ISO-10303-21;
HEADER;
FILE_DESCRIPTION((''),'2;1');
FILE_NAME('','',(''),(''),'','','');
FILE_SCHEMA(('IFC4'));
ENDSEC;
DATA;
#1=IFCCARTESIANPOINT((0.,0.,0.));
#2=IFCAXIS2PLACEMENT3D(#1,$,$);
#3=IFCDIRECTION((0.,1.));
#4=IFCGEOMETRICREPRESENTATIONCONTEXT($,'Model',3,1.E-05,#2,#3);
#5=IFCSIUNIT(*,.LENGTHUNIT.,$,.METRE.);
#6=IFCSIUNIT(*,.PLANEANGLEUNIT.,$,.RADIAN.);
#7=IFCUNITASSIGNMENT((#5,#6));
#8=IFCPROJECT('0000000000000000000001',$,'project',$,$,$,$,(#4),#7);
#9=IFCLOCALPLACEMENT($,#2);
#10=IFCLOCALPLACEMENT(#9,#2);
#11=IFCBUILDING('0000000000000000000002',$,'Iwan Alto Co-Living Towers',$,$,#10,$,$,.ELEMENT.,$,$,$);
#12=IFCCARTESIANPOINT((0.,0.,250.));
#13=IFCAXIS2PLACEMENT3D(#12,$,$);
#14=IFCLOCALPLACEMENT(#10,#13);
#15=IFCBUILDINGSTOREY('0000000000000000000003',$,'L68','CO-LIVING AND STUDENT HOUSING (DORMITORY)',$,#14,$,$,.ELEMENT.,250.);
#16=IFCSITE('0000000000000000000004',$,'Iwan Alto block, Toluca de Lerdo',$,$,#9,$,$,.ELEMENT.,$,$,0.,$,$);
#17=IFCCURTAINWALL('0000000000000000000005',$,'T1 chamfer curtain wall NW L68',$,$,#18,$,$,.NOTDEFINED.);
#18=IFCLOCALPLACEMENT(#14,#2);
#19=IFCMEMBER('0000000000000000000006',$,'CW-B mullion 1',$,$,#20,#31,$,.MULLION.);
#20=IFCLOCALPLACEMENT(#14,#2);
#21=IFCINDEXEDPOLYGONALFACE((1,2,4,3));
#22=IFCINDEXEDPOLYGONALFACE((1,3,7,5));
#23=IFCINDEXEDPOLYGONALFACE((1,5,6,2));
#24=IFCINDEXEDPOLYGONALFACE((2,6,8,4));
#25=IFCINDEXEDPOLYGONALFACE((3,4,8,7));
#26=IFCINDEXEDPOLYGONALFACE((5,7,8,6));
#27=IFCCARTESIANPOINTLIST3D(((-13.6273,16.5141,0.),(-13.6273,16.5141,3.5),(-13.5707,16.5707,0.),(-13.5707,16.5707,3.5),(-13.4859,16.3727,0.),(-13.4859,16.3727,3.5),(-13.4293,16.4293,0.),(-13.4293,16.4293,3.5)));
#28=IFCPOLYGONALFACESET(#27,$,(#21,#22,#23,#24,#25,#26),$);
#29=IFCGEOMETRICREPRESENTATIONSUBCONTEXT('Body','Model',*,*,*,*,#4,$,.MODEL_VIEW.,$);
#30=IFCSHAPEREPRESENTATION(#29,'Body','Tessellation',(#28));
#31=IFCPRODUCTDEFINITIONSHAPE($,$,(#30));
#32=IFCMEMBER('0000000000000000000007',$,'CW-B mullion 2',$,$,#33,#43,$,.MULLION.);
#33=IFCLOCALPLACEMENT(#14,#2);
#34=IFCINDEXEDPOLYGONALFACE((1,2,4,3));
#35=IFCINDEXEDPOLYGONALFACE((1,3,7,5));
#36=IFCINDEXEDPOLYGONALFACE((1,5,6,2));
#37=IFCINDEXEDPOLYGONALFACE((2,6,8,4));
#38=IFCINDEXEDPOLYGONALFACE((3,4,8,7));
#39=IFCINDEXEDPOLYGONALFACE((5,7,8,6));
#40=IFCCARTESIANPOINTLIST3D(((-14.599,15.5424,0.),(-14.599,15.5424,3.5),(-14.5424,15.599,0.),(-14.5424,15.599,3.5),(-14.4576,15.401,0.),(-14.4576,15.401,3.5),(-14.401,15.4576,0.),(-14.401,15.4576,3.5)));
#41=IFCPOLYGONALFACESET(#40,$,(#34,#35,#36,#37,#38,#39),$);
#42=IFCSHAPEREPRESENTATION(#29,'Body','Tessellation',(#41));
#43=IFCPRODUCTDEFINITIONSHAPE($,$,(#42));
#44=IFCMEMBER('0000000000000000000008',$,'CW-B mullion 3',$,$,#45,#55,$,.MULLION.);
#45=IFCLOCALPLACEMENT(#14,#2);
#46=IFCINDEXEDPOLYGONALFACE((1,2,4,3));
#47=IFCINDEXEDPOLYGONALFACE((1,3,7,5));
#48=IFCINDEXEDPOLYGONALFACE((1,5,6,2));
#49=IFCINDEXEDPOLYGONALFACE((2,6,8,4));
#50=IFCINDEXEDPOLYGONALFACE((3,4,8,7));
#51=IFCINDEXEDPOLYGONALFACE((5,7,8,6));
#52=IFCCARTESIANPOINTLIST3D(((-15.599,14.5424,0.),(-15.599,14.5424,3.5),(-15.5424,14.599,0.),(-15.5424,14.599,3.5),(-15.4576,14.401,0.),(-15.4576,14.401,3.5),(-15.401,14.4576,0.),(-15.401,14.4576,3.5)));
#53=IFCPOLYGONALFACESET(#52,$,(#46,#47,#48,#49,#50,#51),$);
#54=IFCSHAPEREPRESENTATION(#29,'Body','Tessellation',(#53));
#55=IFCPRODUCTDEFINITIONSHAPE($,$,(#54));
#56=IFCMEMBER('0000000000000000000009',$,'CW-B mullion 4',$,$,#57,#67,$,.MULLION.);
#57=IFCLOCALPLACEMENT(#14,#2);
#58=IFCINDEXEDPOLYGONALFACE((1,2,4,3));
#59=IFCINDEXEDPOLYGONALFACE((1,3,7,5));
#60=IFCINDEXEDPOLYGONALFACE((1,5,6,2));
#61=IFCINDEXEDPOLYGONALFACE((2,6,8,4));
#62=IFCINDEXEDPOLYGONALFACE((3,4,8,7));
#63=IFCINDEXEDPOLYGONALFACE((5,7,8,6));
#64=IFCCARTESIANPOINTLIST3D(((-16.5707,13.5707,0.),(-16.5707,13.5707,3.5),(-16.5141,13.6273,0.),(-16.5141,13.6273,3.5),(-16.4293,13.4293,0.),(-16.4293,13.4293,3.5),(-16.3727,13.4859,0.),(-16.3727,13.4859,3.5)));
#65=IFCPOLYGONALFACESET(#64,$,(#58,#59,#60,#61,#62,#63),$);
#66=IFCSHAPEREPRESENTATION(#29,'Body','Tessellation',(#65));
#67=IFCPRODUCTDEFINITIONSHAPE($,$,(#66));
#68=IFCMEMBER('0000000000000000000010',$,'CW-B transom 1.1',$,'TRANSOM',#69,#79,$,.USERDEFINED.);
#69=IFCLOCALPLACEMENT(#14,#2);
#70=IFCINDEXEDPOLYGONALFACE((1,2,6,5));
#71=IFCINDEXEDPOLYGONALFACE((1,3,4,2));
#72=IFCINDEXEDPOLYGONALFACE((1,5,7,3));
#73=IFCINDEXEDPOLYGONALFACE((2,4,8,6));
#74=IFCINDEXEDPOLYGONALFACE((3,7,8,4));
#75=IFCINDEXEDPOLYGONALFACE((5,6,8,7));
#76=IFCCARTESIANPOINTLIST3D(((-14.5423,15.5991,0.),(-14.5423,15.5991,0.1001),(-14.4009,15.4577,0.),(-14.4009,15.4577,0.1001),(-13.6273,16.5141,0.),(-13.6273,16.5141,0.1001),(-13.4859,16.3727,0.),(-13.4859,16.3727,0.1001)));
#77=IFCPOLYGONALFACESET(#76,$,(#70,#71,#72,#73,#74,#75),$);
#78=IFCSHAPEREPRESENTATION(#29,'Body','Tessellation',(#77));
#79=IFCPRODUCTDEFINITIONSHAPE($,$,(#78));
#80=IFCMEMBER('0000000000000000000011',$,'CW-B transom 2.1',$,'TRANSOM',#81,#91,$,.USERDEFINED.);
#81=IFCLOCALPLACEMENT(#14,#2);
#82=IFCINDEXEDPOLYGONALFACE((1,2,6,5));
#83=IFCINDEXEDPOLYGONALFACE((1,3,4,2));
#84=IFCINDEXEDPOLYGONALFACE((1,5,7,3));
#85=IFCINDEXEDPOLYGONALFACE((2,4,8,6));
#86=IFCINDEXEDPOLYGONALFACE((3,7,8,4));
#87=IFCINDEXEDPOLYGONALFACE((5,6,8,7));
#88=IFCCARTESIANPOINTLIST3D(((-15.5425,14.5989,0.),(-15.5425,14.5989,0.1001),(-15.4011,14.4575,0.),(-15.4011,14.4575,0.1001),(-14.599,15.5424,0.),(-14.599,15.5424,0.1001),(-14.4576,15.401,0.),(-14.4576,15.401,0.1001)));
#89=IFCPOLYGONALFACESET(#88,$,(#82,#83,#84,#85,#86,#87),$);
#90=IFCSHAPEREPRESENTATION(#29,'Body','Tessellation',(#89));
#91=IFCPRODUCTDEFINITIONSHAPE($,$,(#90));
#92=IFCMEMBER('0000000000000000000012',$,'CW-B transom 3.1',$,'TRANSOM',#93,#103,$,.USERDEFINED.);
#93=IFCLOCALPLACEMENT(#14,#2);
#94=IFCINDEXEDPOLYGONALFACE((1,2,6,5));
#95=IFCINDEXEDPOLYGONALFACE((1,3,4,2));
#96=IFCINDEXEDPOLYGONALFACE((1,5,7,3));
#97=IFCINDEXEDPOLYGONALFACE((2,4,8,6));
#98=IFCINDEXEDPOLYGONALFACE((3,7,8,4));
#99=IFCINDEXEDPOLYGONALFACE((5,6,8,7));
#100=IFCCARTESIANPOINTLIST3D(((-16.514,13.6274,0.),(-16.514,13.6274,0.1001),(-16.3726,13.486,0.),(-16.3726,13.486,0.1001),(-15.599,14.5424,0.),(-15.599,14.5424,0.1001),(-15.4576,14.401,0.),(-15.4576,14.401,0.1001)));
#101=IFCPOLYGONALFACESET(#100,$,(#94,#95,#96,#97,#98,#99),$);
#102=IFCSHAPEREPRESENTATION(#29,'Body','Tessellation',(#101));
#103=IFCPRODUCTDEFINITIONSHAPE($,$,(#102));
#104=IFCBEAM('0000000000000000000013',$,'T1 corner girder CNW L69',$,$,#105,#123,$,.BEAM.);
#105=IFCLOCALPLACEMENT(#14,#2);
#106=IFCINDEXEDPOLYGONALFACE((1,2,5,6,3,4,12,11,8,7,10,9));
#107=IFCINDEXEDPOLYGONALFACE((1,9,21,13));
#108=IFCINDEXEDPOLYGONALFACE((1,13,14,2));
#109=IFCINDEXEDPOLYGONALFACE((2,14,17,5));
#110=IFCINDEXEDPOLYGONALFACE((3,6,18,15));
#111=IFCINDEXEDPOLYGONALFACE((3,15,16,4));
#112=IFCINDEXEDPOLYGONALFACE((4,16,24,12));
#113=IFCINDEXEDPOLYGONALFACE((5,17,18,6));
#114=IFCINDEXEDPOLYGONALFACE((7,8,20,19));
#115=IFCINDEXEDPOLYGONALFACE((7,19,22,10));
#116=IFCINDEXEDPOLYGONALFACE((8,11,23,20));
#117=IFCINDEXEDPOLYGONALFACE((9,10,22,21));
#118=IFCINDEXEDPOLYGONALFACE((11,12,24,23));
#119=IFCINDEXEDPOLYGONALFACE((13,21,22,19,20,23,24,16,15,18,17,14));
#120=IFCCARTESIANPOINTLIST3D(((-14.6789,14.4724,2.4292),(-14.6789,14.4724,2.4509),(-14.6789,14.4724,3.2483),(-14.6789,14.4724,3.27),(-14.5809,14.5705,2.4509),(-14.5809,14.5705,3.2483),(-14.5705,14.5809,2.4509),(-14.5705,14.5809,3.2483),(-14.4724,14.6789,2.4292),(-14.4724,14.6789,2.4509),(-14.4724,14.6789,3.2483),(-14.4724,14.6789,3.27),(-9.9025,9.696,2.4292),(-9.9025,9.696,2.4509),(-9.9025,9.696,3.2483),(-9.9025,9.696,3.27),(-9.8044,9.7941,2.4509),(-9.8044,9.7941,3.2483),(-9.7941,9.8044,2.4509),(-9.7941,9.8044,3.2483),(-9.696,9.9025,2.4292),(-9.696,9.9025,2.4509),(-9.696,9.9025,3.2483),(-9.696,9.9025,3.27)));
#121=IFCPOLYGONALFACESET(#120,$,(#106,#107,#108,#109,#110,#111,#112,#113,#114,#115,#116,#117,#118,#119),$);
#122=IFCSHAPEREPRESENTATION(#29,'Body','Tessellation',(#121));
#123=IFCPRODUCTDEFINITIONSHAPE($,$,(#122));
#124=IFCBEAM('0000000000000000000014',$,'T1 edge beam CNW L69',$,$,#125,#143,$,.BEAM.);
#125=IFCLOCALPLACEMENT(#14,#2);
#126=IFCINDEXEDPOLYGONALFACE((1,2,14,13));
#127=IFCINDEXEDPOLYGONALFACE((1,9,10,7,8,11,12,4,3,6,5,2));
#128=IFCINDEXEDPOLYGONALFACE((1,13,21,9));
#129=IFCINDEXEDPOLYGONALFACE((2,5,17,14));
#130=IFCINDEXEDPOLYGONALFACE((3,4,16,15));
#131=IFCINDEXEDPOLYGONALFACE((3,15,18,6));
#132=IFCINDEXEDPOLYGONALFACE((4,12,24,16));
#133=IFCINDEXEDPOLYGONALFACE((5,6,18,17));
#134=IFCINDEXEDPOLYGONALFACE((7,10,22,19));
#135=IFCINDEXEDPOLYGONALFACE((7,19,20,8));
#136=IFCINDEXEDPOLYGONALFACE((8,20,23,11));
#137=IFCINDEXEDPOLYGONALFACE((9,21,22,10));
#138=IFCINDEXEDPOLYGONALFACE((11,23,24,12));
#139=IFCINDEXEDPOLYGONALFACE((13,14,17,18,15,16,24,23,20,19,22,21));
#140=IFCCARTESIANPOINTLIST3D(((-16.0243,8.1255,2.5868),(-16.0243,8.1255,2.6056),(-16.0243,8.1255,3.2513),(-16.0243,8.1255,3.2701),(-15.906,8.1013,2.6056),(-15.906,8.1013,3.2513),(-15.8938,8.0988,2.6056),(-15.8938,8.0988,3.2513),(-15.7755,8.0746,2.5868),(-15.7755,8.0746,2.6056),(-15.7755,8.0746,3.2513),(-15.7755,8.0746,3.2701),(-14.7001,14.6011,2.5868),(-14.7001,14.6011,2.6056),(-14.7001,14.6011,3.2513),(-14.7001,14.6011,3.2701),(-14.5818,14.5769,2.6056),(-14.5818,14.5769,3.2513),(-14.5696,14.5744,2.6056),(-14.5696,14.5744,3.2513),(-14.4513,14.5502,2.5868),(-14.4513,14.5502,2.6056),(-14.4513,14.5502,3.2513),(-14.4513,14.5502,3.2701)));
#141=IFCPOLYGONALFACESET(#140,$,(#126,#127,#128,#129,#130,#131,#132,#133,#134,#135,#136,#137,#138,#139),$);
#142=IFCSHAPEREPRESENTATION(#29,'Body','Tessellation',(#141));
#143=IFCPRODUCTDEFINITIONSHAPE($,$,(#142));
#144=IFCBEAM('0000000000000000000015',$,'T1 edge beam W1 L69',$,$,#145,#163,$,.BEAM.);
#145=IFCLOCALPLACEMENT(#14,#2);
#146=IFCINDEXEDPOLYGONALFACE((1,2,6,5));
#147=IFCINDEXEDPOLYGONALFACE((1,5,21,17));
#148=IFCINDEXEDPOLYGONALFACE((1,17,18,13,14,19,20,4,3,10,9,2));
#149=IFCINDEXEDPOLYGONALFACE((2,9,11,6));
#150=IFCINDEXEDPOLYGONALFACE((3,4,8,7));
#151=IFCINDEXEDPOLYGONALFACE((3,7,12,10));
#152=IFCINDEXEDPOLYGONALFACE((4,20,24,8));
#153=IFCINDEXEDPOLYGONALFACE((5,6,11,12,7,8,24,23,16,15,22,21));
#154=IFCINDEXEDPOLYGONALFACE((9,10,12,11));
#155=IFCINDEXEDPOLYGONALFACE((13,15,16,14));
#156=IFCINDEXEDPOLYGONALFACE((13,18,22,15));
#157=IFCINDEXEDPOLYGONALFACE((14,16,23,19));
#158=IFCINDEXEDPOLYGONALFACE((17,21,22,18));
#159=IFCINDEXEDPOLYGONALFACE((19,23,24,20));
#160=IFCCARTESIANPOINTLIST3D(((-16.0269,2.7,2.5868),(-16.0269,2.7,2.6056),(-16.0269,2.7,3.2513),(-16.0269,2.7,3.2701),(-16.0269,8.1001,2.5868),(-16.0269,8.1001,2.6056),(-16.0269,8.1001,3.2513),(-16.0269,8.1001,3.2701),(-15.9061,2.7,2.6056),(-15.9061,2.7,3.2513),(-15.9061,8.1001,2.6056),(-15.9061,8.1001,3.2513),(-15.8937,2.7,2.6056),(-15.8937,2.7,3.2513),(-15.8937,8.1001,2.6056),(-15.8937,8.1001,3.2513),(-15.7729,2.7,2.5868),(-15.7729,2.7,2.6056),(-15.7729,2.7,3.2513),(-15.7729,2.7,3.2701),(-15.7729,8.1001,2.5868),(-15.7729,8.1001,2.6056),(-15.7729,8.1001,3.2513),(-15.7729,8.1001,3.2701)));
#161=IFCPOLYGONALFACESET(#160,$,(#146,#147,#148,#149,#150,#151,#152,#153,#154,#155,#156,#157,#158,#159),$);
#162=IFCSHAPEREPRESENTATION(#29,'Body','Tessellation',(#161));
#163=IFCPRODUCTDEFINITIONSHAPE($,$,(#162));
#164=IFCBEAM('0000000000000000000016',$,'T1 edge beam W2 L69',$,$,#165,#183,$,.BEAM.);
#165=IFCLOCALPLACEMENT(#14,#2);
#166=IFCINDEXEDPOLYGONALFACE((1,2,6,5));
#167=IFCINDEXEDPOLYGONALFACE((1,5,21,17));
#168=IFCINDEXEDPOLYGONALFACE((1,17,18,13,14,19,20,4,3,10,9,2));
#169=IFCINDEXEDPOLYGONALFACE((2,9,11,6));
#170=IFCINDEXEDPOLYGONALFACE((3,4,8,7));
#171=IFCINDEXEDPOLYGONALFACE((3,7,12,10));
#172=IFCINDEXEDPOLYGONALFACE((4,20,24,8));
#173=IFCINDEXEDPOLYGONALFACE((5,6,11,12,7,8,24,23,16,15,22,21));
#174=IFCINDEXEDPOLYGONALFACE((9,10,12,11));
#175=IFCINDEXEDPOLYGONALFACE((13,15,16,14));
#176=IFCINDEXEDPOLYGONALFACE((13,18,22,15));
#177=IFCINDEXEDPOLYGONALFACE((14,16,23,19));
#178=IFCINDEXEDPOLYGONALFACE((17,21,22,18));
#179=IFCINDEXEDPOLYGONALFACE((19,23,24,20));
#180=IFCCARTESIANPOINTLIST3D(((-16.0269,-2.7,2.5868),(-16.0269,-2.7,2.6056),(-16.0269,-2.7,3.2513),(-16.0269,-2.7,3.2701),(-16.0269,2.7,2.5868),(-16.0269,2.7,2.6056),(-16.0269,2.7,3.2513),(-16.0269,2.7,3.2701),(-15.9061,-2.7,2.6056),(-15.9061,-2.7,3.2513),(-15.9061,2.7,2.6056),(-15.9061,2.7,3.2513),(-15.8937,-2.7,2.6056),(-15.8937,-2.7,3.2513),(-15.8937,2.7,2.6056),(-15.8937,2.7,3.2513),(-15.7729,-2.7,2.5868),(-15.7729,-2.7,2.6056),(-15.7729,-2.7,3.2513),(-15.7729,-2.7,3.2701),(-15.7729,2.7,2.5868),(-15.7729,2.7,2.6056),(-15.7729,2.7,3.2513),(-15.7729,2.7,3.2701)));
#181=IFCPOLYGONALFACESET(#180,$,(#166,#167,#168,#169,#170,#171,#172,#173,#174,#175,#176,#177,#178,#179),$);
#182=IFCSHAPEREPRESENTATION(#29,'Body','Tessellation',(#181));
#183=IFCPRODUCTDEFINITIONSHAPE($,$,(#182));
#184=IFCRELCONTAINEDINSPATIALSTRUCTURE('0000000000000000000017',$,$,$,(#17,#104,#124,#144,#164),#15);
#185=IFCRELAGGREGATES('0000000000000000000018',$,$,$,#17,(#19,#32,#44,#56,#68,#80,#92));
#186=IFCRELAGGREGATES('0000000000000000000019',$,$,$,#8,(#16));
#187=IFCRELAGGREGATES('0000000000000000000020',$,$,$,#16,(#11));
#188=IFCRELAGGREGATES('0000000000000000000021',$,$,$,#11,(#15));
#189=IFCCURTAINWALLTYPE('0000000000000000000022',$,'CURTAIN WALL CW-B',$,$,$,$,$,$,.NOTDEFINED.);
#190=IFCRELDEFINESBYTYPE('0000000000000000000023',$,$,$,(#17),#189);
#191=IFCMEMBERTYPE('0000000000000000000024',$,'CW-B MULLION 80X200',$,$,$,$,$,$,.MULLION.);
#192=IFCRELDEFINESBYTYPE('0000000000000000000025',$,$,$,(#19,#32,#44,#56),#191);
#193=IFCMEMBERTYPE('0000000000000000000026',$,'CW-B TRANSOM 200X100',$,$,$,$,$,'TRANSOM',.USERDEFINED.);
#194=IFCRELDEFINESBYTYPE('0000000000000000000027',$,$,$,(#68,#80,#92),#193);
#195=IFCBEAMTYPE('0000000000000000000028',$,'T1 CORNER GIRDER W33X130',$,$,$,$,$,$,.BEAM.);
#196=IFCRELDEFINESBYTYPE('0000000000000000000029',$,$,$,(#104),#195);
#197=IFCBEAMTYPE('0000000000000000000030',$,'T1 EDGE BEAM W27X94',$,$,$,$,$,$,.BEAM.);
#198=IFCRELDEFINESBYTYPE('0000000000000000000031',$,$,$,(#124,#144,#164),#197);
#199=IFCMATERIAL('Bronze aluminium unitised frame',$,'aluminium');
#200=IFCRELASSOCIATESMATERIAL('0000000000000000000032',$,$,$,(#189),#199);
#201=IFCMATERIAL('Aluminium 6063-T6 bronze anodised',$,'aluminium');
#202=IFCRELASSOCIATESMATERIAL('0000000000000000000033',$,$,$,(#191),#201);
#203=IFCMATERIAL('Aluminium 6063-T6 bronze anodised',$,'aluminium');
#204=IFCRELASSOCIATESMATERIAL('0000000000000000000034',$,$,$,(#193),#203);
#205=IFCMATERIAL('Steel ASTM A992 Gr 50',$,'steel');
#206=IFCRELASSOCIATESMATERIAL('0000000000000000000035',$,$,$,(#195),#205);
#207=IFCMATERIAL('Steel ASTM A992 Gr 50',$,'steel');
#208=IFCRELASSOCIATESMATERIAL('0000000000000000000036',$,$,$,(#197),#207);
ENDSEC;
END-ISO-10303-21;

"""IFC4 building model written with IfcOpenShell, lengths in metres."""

from ifc_helpers import new_model, si_unit, direction, frame, origin, origin_2d, place, context, subcontext, project, spatial, rectangle, i_section, extrude, material, material_profile, profile_set, type_object, element, aggregate, save


model = new_model("IFC4")

# Units and contexts
model_context = context("Model", 3, precision=1e-05, world=origin(), true_north=direction((0.0, 1.0)))
body_context = subcontext(model_context, "Body", "Model", "MODEL_VIEW")
ifc_project = project(units=[si_unit("LENGTHUNIT", "METRE"), si_unit("PLANEANGLEUNIT", "RADIAN")], contexts=[model_context])

# Site, building, storey
site_placement = place(None, origin())
site = spatial("IfcSite", under=ifc_project, at=site_placement, Name="Iwan Alto block, Toluca de Lerdo", CompositionType="ELEMENT", RefElevation=0.0)
building_placement = place(site_placement, origin())
building = spatial("IfcBuilding", under=site, at=building_placement, Name="Iwan Alto Co-Living Towers", CompositionType="ELEMENT")
storey_placement = place(building_placement, frame((0.0, 0.0, 250.0)))
storey = spatial("IfcBuildingStorey", under=building, at=storey_placement, Name="L68", Description="CO-LIVING AND STUDENT HOUSING (DORMITORY)", CompositionType="ELEMENT", Elevation=250.0)

# Curtain wall, members
ifc_material_1 = material(Name="Bronze aluminium unitised frame", Category="aluminium")
curtain_wall_type_1 = type_object("IfcCurtainWallType", Name="CURTAIN WALL CW-B", PredefinedType="NOTDEFINED", material=ifc_material_1)
curtain_wall_1_placement = place(storey_placement, origin())
curtain_wall_1 = element("IfcCurtainWall", 1, at=curtain_wall_1_placement, inside=storey, type_object=curtain_wall_type_1, Name="T1 chamfer curtain wall NW L68", PredefinedType="NOTDEFINED")
ifc_material_2 = material(Name="Aluminium 6063-T6 bronze anodised", Category="aluminium")
ifc_material_profile_1 = material_profile(ifc_material_2, rectangle(XDim=0.2, YDim=0.0801, at=origin_2d()), Name="AL 80X200")
ifc_profile_set_1 = profile_set([ifc_material_profile_1], Name="Aluminium 6063-T6 bronze anodised")
member_type_1 = type_object("IfcMemberType", Name="CW-B MULLION 80X200", PredefinedType="MULLION", material=ifc_profile_set_1)
member_1_placement = place(storey_placement, frame((-13.5283, 16.4717, 0.0), z_axis=(0.0, 0.0, 1.0), x_axis=(0.707107, -0.707107, 0.0)))
member_1 = element("IfcMember", 2, at=member_1_placement, type_object=member_type_1, Name="CW-B mullion 1", PredefinedType="MULLION", context=body_context, shape_type="SweptSolid", body=[
    extrude(rectangle(XDim=0.2, YDim=0.0801, at=origin_2d()), origin(), (0.0, 0.0, 1.0), 3.5),
])
member_2_placement = place(storey_placement, frame((-14.5, 15.5, 0.0), z_axis=(0.0, 0.0, 1.0), x_axis=(0.707107, -0.707107, 0.0)))
member_2 = element("IfcMember", 3, at=member_2_placement, type_object=member_type_1, Name="CW-B mullion 2", PredefinedType="MULLION", context=body_context, shape_type="SweptSolid", body=[
    extrude(rectangle(XDim=0.2, YDim=0.0801, at=origin_2d()), origin(), (0.0, 0.0, 1.0), 3.5),
])
member_3_placement = place(storey_placement, frame((-15.5, 14.5, 0.0), z_axis=(0.0, 0.0, 1.0), x_axis=(0.707107, -0.707107, 0.0)))
member_3 = element("IfcMember", 4, at=member_3_placement, type_object=member_type_1, Name="CW-B mullion 3", PredefinedType="MULLION", context=body_context, shape_type="SweptSolid", body=[
    extrude(rectangle(XDim=0.2, YDim=0.0801, at=origin_2d()), origin(), (0.0, 0.0, 1.0), 3.5),
])
member_4_placement = place(storey_placement, frame((-16.4717, 13.5283, 0.0), z_axis=(0.0, 0.0, 1.0), x_axis=(0.707107, -0.707107, 0.0)))
member_4 = element("IfcMember", 5, at=member_4_placement, type_object=member_type_1, Name="CW-B mullion 4", PredefinedType="MULLION", context=body_context, shape_type="SweptSolid", body=[
    extrude(rectangle(XDim=0.2, YDim=0.0801, at=origin_2d()), origin(), (0.0, 0.0, 1.0), 3.5),
])
ifc_material_3 = material(Name="Aluminium 6063-T6 bronze anodised", Category="aluminium")
ifc_material_profile_2 = material_profile(ifc_material_3, rectangle(XDim=0.2, YDim=0.1001, at=origin_2d()), Name="AL 200X100")
ifc_profile_set_2 = profile_set([ifc_material_profile_2], Name="Aluminium 6063-T6 bronze anodised")
member_type_2 = type_object("IfcMemberType", Name="CW-B TRANSOM 200X100", ElementType="TRANSOM", PredefinedType="USERDEFINED", material=ifc_profile_set_2)
member_5_placement = place(storey_placement, frame((-13.5566, 16.4434, 0.05), z_axis=(-0.707107, -0.707107, 0.0), x_axis=(0.707107, -0.707107, 0.0)))
member_5 = element("IfcMember", 6, at=member_5_placement, type_object=member_type_2, Name="CW-B transom 1.1", ObjectType="TRANSOM", PredefinedType="USERDEFINED", context=body_context, shape_type="SweptSolid", body=[
    extrude(rectangle(XDim=0.2, YDim=0.1001, at=origin_2d()), origin(), (0.0, 0.0, 1.0), 1.2939),
])
member_6_placement = place(storey_placement, frame((-14.5283, 15.4717, 0.05), z_axis=(-0.707107, -0.707107, 0.0), x_axis=(0.707107, -0.707107, 0.0)))
member_6 = element("IfcMember", 7, at=member_6_placement, type_object=member_type_2, Name="CW-B transom 2.1", ObjectType="TRANSOM", PredefinedType="USERDEFINED", context=body_context, shape_type="SweptSolid", body=[
    extrude(rectangle(XDim=0.2, YDim=0.1001, at=origin_2d()), origin(), (0.0, 0.0, 1.0), 1.3342),
])
member_7_placement = place(storey_placement, frame((-15.5283, 14.4717, 0.05), z_axis=(-0.707107, -0.707107, 0.0), x_axis=(0.707107, -0.707107, 0.0)))
member_7 = element("IfcMember", 8, at=member_7_placement, type_object=member_type_2, Name="CW-B transom 3.1", ObjectType="TRANSOM", PredefinedType="USERDEFINED", context=body_context, shape_type="SweptSolid", body=[
    extrude(rectangle(XDim=0.2, YDim=0.1001, at=origin_2d()), origin(), (0.0, 0.0, 1.0), 1.2939),
])

# Beams
ifc_material_4 = material(Name="Steel ASTM A992 Gr 50", Category="steel")
ifc_material_profile_3 = material_profile(ifc_material_4, i_section(OverallWidth=0.292, OverallDepth=0.8408, WebThickness=0.0146, FlangeThickness=0.0217, at=origin_2d()), Name="W33X130")
ifc_profile_set_3 = profile_set([ifc_material_profile_3], Name="Steel ASTM A992 Gr 50")
beam_type_1 = type_object("IfcBeamType", Name="T1 CORNER GIRDER W33X130", PredefinedType="BEAM", material=ifc_profile_set_3)
beam_1_placement = place(storey_placement, frame((-14.5757, 14.5757, 2.8496), z_axis=(0.707107, -0.707107, 0.0), x_axis=(0.707107, 0.707107, 0.0)))
element("IfcBeam", 9, at=beam_1_placement, inside=storey, type_object=beam_type_1, Name="T1 corner girder CNW L69", PredefinedType="BEAM", context=body_context, shape_type="SweptSolid", body=[
    extrude(i_section(OverallWidth=0.292, OverallDepth=0.8408, WebThickness=0.0146, FlangeThickness=0.0217, at=origin_2d()), origin(), (0.0, 0.0, 1.0), 6.7549),
])
ifc_material_5 = material(Name="Steel ASTM A992 Gr 50", Category="steel")
ifc_material_profile_4 = material_profile(ifc_material_5, i_section(OverallWidth=0.2539, OverallDepth=0.6833, WebThickness=0.0125, FlangeThickness=0.0188, at=origin_2d()), Name="W27X94")
ifc_profile_set_4 = profile_set([ifc_material_profile_4], Name="Steel ASTM A992 Gr 50")
beam_type_2 = type_object("IfcBeamType", Name="T1 EDGE BEAM W27X94", PredefinedType="BEAM", material=ifc_profile_set_4)
beam_2_placement = place(storey_placement, frame((-14.5757, 14.5757, 2.9285), z_axis=(-0.200348, -0.979725, 0.0), x_axis=(0.979725, -0.200348, 0.0)))
element("IfcBeam", 10, at=beam_2_placement, inside=storey, type_object=beam_type_2, Name="T1 edge beam CNW L69", PredefinedType="BEAM", context=body_context, shape_type="SweptSolid", body=[
    extrude(i_section(OverallWidth=0.2539, OverallDepth=0.6833, WebThickness=0.0125, FlangeThickness=0.0188, at=origin_2d()), origin(), (0.0, 0.0, 1.0), 6.6096),
])
beam_3_placement = place(storey_placement, frame((-15.8999, 8.1001, 2.9285), z_axis=(0.0, -1.0, 0.0), x_axis=(1.0, 0.0, 0.0)))
element("IfcBeam", 11, at=beam_3_placement, inside=storey, type_object=beam_type_2, Name="T1 edge beam W1 L69", PredefinedType="BEAM", context=body_context, shape_type="SweptSolid", body=[
    extrude(i_section(OverallWidth=0.2539, OverallDepth=0.6833, WebThickness=0.0125, FlangeThickness=0.0188, at=origin_2d()), origin(), (0.0, 0.0, 1.0), 5.4001),
])
beam_4_placement = place(storey_placement, frame((-15.8999, 2.7, 2.9285), z_axis=(0.0, -1.0, 0.0), x_axis=(1.0, 0.0, 0.0)))
element("IfcBeam", 12, at=beam_4_placement, inside=storey, type_object=beam_type_2, Name="T1 edge beam W2 L69", PredefinedType="BEAM", context=body_context, shape_type="SweptSolid", body=[
    extrude(i_section(OverallWidth=0.2539, OverallDepth=0.6833, WebThickness=0.0125, FlangeThickness=0.0188, at=origin_2d()), origin(), (0.0, 0.0, 1.0), 5.3999),
])

aggregate(curtain_wall_1, [member_1, member_2, member_3, member_4, member_5, member_6, member_7])

save(model, "model.ifc")
